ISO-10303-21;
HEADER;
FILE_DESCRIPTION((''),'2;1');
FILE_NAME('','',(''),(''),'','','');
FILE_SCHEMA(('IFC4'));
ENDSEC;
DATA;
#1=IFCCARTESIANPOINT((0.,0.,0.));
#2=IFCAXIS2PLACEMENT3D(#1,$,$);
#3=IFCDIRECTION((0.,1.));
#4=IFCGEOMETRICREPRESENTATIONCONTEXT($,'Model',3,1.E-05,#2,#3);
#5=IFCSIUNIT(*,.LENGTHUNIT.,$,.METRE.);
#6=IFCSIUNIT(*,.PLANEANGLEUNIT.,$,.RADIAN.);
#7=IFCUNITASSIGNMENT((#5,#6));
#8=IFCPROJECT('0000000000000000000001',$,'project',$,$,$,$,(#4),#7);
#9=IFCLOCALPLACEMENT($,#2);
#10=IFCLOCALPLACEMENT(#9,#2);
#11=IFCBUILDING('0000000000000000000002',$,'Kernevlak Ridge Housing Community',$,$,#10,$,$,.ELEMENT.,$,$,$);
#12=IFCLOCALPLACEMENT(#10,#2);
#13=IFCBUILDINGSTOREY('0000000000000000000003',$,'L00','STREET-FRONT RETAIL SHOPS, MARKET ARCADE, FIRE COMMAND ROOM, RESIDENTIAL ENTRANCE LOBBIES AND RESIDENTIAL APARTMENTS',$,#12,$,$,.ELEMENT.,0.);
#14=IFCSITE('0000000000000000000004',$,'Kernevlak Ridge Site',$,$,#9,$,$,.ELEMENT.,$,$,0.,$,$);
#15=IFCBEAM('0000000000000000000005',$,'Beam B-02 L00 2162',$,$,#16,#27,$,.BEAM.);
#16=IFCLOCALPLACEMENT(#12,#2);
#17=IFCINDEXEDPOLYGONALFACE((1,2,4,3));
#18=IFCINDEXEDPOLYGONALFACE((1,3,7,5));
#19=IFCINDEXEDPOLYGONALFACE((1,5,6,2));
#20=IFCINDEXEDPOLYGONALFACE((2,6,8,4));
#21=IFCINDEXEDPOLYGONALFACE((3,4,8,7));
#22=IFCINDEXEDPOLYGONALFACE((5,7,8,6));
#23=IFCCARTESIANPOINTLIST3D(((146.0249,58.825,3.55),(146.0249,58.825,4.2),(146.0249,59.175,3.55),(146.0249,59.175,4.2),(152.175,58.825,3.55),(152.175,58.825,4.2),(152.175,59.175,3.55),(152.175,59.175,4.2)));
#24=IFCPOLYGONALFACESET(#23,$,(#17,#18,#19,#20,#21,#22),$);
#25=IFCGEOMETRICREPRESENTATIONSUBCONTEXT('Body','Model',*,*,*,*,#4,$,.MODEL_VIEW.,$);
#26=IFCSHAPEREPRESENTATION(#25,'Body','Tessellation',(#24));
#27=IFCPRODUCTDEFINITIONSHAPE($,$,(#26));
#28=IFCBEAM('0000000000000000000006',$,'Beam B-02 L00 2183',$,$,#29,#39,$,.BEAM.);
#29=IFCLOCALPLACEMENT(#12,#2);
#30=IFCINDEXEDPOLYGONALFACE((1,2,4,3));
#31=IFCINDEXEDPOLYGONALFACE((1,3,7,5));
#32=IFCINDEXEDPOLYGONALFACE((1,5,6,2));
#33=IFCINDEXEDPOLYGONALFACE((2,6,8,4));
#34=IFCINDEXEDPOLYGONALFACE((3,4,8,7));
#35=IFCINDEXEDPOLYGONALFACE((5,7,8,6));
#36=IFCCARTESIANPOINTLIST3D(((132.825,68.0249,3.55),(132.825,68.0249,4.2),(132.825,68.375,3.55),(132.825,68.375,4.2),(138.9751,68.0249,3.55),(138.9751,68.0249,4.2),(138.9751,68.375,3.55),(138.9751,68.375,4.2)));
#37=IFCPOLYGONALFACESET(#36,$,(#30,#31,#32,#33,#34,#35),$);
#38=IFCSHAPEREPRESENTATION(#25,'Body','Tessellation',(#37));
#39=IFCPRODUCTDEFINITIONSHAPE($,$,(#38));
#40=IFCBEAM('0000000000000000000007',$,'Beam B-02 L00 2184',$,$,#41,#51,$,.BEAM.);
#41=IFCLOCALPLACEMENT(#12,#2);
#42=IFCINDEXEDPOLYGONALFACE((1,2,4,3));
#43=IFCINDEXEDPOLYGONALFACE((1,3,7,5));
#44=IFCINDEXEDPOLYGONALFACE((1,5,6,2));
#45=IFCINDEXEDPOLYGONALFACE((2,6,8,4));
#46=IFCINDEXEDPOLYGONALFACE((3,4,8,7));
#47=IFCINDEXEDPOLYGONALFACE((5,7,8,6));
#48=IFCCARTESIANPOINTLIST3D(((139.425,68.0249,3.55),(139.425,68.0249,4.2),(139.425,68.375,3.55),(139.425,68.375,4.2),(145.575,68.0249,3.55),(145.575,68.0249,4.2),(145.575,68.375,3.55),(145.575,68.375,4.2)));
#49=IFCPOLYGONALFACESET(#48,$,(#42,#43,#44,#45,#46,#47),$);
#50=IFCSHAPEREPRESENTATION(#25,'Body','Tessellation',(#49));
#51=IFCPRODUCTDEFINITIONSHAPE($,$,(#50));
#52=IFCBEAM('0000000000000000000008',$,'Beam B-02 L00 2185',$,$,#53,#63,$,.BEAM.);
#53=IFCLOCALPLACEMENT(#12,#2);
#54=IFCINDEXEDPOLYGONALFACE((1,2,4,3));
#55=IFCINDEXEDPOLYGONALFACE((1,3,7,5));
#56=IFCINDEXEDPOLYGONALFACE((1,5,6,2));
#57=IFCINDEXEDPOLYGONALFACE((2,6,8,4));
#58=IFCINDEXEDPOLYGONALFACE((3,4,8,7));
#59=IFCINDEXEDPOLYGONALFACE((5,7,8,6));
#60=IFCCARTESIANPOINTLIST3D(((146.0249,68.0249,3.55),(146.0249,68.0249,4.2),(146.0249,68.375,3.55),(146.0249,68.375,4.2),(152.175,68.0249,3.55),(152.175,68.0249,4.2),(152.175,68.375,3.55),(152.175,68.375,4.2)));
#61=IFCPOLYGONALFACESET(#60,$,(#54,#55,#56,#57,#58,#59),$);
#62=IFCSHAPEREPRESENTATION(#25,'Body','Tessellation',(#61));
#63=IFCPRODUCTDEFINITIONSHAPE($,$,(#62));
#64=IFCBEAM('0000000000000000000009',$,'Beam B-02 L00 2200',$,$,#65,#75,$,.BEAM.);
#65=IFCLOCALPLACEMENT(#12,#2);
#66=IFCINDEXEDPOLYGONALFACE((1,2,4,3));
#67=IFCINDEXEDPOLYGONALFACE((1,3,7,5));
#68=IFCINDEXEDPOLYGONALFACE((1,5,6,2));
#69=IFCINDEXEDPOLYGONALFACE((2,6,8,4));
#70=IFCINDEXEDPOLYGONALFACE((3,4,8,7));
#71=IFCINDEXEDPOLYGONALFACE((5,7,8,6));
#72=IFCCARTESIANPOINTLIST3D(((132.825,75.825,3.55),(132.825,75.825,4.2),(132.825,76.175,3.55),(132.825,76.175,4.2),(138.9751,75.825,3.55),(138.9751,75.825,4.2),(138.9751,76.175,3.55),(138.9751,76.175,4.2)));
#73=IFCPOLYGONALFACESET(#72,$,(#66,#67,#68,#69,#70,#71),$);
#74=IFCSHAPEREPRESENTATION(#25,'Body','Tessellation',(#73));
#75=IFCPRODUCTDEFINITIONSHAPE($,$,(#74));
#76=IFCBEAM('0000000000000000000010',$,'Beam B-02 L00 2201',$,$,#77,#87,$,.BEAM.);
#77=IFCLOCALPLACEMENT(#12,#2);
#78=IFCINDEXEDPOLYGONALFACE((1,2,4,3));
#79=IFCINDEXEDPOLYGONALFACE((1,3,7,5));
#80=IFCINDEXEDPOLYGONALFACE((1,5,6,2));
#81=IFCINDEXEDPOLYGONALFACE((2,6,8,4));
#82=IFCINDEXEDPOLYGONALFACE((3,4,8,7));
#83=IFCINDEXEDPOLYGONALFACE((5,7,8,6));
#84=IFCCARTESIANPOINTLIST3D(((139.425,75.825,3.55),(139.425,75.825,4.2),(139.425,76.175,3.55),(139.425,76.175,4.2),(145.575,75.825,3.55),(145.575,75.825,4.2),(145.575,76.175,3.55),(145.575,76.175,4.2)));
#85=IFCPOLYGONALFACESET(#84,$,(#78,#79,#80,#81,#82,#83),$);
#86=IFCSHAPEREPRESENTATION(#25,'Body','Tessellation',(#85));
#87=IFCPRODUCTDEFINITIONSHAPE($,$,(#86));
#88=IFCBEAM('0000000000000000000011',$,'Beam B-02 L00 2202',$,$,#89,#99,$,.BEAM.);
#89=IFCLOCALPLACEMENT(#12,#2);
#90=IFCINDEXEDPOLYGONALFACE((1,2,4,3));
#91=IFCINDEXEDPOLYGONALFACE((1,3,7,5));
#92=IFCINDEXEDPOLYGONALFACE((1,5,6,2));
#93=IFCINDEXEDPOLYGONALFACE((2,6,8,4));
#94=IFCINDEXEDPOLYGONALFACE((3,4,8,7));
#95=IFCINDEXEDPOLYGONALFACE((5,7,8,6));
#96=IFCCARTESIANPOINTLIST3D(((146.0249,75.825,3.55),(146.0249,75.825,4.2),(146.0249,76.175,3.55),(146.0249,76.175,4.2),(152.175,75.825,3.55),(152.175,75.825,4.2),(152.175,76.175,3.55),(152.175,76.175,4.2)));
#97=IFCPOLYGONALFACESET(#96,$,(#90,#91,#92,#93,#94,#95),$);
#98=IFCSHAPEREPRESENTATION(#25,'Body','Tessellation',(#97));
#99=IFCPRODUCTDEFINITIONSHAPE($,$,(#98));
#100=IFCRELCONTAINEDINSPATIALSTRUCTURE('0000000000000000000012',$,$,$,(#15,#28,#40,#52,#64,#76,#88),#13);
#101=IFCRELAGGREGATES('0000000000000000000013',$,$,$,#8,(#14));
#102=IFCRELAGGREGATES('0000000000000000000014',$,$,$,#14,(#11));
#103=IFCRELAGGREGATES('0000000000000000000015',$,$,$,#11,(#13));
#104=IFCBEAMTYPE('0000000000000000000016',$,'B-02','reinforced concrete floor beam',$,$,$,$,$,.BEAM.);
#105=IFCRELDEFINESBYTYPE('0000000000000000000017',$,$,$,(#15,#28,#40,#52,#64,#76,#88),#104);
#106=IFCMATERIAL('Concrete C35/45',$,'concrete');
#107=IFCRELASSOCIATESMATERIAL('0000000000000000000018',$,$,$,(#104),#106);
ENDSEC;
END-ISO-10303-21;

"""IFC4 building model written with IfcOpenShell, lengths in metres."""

from ifc_helpers import new_model, si_unit, direction, frame, origin, origin_2d, place, context, subcontext, project, spatial, rectangle, extrude, material, material_profile, profile_set, type_object, element, save


model = new_model("IFC4")

# Units and contexts
model_context = context("Model", 3, precision=1e-05, world=origin(), true_north=direction((0.0, 1.0)))
body_context = subcontext(model_context, "Body", "Model", "MODEL_VIEW")
ifc_project = project(units=[si_unit("LENGTHUNIT", "METRE"), si_unit("PLANEANGLEUNIT", "RADIAN")], contexts=[model_context])

# Site, building, storey
site_placement = place(None, origin())
site = spatial("IfcSite", under=ifc_project, at=site_placement, Name="Kernevlak Ridge Site", CompositionType="ELEMENT", RefElevation=0.0)
building_placement = place(site_placement, origin())
building = spatial("IfcBuilding", under=site, at=building_placement, Name="Kernevlak Ridge Housing Community", CompositionType="ELEMENT")
storey_placement = place(building_placement, origin())
storey = spatial("IfcBuildingStorey", under=building, at=storey_placement, Name="L00", Description="STREET-FRONT RETAIL SHOPS, MARKET ARCADE, FIRE COMMAND ROOM, RESIDENTIAL ENTRANCE LOBBIES AND RESIDENTIAL APARTMENTS", CompositionType="ELEMENT", Elevation=0.0)

# Shared definitions
ifc_material = material(Name="Concrete C35/45", Category="concrete")

# Beams
ifc_material_profile_1 = material_profile(ifc_material, rectangle(XDim=0.3501, YDim=0.6499, at=origin_2d()), Name="RC 350x650")
ifc_profile_set_1 = profile_set([ifc_material_profile_1], Name="Concrete C35/45")
beam_type_1 = type_object("IfcBeamType", Name="B-02", Description="reinforced concrete floor beam", PredefinedType="BEAM", material=ifc_profile_set_1)
for number, where, z_axis, x_axis, name in (
    (1, (146.0249, 59.0, 3.875), (1.0, 0.0, 0.0), (0.0, 1.0, 0.0), "Beam B-02 L00 2162"),
    (2, (132.825, 68.2, 3.875), (1.0, 0.0, 0.0), (0.0, 1.0, 0.0), "Beam B-02 L00 2183"),
):
    element("IfcBeam", number, at=place(storey_placement, frame(where, z_axis=z_axis, x_axis=x_axis)), inside=storey, type_object=beam_type_1, Name=name, PredefinedType="BEAM", context=body_context, shape_type="SweptSolid", body=[
        extrude(rectangle(XDim=0.3501, YDim=0.6499, at=origin_2d()), origin(), (0.0, 0.0, 1.0), 6.1501),
    ])
beam_1_placement = place(storey_placement, frame((139.425, 68.2, 3.875), z_axis=(1.0, 0.0, 0.0), x_axis=(0.0, 1.0, 0.0)))
element("IfcBeam", 3, at=beam_1_placement, inside=storey, type_object=beam_type_1, Name="Beam B-02 L00 2184", PredefinedType="BEAM", context=body_context, shape_type="SweptSolid", body=[
    extrude(rectangle(XDim=0.3501, YDim=0.6499, at=origin_2d()), origin(), (0.0, 0.0, 1.0), 6.1499),
])
for number, where, z_axis, x_axis, name in (
    (4, (146.0249, 68.2, 3.875), (1.0, 0.0, 0.0), (0.0, 1.0, 0.0), "Beam B-02 L00 2185"),
    (5, (132.825, 76.0, 3.875), (1.0, 0.0, 0.0), (0.0, 1.0, 0.0), "Beam B-02 L00 2200"),
):
    element("IfcBeam", number, at=place(storey_placement, frame(where, z_axis=z_axis, x_axis=x_axis)), inside=storey, type_object=beam_type_1, Name=name, PredefinedType="BEAM", context=body_context, shape_type="SweptSolid", body=[
        extrude(rectangle(XDim=0.3501, YDim=0.6499, at=origin_2d()), origin(), (0.0, 0.0, 1.0), 6.1501),
    ])
beam_2_placement = place(storey_placement, frame((139.425, 76.0, 3.875), z_axis=(1.0, 0.0, 0.0), x_axis=(0.0, 1.0, 0.0)))
element("IfcBeam", 6, at=beam_2_placement, inside=storey, type_object=beam_type_1, Name="Beam B-02 L00 2201", PredefinedType="BEAM", context=body_context, shape_type="SweptSolid", body=[
    extrude(rectangle(XDim=0.3501, YDim=0.6499, at=origin_2d()), origin(), (0.0, 0.0, 1.0), 6.1499),
])
beam_3_placement = place(storey_placement, frame((146.0249, 76.0, 3.875), z_axis=(1.0, 0.0, 0.0), x_axis=(0.0, 1.0, 0.0)))
element("IfcBeam", 7, at=beam_3_placement, inside=storey, type_object=beam_type_1, Name="Beam B-02 L00 2202", PredefinedType="BEAM", context=body_context, shape_type="SweptSolid", body=[
    extrude(rectangle(XDim=0.3501, YDim=0.6499, at=origin_2d()), origin(), (0.0, 0.0, 1.0), 6.1501),
])

save(model, "model.ifc")
